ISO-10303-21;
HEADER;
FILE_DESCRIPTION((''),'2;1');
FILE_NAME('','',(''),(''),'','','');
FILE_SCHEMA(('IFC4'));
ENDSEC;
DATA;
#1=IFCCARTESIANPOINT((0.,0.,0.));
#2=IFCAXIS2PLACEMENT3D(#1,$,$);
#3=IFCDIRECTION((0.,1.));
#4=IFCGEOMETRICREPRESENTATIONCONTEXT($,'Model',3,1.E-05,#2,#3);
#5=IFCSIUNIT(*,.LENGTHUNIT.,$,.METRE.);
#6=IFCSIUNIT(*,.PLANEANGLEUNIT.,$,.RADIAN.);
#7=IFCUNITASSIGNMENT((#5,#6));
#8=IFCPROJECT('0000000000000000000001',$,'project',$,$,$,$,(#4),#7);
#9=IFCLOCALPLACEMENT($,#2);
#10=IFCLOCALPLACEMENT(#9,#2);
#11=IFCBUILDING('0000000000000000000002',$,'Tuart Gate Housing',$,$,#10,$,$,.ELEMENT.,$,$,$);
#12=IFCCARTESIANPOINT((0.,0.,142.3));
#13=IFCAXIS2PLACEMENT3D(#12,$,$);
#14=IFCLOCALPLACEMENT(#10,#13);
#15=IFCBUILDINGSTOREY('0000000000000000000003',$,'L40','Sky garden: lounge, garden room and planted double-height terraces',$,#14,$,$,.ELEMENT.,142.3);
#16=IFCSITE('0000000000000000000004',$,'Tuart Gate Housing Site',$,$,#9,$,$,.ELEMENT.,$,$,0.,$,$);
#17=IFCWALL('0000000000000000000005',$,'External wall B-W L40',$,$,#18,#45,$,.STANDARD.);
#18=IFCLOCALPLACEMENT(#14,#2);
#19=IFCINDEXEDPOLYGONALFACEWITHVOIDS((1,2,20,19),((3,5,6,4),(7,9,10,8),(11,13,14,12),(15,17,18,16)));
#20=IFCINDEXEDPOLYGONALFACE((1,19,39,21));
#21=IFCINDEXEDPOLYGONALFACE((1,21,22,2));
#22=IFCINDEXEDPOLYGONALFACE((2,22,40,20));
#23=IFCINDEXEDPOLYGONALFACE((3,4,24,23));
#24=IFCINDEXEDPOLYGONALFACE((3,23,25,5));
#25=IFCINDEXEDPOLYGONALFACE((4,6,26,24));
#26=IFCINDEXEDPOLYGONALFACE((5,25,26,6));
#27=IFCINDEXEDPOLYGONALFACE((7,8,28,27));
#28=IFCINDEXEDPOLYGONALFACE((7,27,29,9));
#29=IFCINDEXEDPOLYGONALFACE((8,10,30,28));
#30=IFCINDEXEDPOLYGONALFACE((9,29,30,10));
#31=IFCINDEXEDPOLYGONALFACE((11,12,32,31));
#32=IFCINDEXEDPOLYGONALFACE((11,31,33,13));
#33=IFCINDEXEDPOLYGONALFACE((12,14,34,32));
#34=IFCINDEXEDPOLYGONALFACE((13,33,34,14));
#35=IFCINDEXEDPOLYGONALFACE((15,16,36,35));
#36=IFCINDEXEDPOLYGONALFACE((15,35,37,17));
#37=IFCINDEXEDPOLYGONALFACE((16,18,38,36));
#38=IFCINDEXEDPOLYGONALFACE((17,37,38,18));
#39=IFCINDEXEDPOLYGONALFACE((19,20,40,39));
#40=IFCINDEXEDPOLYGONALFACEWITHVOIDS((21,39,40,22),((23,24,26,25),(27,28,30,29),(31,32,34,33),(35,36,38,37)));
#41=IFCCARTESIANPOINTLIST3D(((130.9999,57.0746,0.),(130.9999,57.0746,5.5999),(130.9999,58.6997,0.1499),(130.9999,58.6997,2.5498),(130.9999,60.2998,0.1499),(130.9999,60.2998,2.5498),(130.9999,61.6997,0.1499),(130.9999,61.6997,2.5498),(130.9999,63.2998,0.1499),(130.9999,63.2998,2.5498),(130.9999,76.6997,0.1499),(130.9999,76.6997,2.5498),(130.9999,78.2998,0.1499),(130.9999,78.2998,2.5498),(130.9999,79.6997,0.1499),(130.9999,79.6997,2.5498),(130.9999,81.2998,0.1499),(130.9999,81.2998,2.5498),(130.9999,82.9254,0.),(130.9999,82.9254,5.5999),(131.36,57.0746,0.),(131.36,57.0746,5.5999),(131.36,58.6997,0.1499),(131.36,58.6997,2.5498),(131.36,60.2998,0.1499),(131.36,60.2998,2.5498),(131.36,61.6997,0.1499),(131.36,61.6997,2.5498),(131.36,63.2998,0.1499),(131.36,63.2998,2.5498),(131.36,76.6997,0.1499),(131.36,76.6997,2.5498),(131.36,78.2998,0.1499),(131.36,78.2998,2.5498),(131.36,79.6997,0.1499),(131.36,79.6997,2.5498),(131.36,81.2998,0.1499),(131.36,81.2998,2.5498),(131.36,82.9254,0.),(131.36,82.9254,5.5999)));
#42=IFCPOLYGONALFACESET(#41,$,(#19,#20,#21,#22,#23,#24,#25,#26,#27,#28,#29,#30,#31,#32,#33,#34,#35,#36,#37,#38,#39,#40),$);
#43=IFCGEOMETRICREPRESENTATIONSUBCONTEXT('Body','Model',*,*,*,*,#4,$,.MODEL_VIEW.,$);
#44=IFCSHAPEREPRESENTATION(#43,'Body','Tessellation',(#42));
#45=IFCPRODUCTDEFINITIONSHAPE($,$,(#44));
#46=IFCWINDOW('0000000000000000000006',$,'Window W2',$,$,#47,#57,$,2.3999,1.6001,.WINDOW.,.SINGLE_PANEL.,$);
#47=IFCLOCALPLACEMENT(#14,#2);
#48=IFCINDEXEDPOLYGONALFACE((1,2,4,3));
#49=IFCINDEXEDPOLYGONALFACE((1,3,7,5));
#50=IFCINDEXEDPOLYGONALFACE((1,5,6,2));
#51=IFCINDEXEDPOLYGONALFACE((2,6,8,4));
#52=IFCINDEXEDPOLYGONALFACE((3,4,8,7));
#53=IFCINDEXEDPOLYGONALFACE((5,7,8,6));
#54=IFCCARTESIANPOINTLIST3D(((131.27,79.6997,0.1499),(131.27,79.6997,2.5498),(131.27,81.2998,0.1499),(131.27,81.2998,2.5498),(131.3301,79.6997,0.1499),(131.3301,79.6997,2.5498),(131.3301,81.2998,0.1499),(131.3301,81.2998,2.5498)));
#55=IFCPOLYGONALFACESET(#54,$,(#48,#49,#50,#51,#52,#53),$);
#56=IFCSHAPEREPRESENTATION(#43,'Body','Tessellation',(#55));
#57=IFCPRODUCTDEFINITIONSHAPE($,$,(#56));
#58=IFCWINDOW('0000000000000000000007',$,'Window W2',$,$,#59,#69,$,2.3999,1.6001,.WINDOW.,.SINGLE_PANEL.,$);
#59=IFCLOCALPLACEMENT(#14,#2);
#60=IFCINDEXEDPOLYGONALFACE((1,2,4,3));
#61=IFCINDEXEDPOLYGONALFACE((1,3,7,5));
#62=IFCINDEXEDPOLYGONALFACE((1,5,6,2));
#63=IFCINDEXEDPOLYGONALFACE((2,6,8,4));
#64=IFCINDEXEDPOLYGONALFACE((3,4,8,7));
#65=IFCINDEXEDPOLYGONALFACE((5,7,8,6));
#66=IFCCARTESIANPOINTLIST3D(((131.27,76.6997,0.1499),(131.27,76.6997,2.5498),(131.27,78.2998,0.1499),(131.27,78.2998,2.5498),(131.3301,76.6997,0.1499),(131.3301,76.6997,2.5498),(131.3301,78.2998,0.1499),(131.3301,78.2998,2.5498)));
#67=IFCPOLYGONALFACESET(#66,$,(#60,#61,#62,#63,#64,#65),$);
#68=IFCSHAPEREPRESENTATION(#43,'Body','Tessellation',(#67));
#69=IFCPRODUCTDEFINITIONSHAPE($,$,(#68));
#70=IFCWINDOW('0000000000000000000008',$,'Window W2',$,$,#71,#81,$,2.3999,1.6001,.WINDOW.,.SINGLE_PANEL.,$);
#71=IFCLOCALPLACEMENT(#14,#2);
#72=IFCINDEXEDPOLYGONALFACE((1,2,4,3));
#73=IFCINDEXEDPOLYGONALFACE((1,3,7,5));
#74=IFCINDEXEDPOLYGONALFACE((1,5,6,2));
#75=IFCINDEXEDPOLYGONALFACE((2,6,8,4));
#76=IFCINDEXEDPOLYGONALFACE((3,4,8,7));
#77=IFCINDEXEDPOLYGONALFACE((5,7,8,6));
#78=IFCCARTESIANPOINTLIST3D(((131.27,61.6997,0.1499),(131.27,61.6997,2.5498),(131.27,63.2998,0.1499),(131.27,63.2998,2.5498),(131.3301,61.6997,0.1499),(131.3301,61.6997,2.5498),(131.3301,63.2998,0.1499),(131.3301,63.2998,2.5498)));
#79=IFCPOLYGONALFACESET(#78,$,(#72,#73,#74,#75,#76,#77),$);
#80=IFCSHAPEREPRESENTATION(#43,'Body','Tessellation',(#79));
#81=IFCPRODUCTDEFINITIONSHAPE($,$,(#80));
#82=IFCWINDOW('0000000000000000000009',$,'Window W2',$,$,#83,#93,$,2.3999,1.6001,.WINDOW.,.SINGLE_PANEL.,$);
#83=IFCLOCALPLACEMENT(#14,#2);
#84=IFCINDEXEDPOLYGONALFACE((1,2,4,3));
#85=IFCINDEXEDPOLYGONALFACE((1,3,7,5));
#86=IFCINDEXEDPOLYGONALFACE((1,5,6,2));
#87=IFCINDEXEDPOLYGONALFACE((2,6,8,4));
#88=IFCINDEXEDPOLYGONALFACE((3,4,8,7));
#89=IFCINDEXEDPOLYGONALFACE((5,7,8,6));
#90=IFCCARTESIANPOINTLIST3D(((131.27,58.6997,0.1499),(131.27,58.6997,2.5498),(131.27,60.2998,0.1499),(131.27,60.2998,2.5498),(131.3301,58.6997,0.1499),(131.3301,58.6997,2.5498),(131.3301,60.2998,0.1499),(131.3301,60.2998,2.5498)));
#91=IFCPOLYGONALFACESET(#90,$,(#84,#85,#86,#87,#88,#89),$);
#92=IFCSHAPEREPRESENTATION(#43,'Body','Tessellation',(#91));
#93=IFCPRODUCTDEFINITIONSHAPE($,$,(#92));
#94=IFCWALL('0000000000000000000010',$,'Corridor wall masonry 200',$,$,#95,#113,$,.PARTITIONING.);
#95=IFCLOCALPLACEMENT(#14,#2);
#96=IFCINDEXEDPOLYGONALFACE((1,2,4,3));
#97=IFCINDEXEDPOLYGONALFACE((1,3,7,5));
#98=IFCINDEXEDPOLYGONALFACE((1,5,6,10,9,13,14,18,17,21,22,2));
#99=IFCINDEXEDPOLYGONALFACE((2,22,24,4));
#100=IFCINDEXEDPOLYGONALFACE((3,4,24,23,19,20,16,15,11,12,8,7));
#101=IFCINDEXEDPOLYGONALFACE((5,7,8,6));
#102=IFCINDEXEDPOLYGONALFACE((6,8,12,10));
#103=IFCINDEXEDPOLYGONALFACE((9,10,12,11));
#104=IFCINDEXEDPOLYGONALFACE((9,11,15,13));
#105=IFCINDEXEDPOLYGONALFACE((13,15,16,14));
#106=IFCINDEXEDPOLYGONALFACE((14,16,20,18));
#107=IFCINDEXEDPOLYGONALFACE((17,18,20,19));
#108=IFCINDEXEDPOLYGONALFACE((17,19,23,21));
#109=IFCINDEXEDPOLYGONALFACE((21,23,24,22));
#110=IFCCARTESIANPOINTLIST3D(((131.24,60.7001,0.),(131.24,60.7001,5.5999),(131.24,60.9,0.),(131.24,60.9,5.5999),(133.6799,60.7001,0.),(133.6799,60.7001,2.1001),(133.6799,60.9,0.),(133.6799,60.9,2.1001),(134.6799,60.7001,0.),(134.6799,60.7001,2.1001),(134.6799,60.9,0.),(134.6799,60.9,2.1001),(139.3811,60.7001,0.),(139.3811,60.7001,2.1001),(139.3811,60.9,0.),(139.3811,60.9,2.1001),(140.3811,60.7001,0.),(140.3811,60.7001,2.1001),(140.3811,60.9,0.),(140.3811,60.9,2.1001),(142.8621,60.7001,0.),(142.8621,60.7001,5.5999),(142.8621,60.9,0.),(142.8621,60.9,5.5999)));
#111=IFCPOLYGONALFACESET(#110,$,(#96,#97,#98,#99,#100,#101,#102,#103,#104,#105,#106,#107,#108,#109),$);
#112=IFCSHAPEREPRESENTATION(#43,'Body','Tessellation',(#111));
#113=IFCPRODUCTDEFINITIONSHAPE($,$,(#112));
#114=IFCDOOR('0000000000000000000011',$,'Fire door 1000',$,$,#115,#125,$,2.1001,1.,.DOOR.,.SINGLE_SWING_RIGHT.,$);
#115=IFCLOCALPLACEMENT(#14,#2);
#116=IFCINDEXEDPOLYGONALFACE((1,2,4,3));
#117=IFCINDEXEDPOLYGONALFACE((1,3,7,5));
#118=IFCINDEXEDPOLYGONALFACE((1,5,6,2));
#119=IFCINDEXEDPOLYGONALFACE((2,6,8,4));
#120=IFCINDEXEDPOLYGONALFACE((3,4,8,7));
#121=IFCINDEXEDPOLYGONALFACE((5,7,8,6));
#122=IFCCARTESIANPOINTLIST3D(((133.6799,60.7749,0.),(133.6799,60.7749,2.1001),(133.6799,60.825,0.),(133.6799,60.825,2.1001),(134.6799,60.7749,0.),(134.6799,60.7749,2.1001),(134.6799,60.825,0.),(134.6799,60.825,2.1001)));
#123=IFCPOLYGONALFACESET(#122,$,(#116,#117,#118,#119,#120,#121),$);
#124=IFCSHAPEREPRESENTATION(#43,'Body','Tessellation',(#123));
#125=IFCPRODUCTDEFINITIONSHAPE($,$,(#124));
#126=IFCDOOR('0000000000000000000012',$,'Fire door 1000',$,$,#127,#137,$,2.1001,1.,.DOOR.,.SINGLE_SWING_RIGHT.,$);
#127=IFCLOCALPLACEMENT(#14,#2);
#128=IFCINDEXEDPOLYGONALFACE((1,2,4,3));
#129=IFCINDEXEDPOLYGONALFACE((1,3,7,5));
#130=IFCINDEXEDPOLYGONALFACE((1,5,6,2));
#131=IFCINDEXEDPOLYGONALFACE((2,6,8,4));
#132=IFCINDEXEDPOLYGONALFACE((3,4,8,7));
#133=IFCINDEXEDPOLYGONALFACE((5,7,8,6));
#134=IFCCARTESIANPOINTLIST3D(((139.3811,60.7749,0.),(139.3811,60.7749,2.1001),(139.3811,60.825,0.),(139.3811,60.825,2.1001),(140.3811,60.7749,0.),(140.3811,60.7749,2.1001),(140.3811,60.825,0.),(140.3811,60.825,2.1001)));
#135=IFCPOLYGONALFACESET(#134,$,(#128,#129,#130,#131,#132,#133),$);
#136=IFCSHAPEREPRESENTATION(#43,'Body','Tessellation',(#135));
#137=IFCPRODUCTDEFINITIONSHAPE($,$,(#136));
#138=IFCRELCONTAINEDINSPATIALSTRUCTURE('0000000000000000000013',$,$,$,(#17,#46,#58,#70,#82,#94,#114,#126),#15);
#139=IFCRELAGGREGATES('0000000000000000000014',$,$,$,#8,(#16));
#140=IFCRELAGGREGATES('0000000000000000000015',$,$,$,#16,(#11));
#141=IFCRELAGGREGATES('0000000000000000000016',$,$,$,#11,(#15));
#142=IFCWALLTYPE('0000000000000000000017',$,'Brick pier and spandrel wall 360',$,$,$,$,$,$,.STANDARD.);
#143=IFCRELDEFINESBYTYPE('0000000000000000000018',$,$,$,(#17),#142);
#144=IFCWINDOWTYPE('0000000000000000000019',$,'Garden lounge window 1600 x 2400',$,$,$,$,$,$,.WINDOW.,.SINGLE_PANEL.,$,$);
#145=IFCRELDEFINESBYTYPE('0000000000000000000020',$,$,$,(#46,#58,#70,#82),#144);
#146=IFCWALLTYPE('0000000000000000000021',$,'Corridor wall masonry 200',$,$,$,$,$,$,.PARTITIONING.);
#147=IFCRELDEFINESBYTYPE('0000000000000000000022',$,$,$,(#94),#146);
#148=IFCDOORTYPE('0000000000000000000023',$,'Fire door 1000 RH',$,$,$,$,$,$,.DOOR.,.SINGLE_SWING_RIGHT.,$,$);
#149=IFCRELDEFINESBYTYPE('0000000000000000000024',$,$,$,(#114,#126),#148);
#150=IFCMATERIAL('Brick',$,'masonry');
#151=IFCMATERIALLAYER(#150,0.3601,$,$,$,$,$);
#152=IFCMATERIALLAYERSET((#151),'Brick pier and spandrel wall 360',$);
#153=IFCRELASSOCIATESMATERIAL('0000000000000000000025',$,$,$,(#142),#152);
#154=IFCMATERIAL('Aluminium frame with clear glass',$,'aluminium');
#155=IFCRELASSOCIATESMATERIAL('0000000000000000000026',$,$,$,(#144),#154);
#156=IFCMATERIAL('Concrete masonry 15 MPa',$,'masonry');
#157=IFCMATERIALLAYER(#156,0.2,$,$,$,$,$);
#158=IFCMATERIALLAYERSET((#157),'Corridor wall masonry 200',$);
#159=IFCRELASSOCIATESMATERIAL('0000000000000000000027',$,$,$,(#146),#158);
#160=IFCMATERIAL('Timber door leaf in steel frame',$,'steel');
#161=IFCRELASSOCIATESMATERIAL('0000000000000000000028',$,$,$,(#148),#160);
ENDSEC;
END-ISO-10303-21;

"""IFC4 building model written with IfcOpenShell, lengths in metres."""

from ifc_helpers import new_model, si_unit, direction, frame, frame_2d, origin, place, context, subcontext, project, spatial, rectangle, extrude, material, layer, layer_set, type_object, element, fill, save


model = new_model("IFC4")

# Units and contexts
model_context = context("Model", 3, precision=1e-05, world=origin(), true_north=direction((0.0, 1.0)))
body_context = subcontext(model_context, "Body", "Model", "MODEL_VIEW")
ifc_project = project(units=[si_unit("LENGTHUNIT", "METRE"), si_unit("PLANEANGLEUNIT", "RADIAN")], contexts=[model_context])

# Site, building, storey
site_placement = place(None, origin())
site = spatial("IfcSite", under=ifc_project, at=site_placement, Name="Tuart Gate Housing Site", CompositionType="ELEMENT", RefElevation=0.0)
building_placement = place(site_placement, origin())
building = spatial("IfcBuilding", under=site, at=building_placement, Name="Tuart Gate Housing", CompositionType="ELEMENT")
storey_placement = place(building_placement, frame((0.0, 0.0, 142.3)))
storey = spatial("IfcBuildingStorey", under=building, at=storey_placement, Name="L40", Description="Sky garden: lounge, garden room and planted double-height terraces", CompositionType="ELEMENT", Elevation=142.3)

# Shared definitions
ifc_material_1 = material(Name="Brick", Category="masonry")
ifc_layer_1 = layer(ifc_material_1, 0.3601)
ifc_layer_set_1 = layer_set([ifc_layer_1], Name="Brick pier and spandrel wall 360")
wall_type_1 = type_object("IfcWallType", Name="Brick pier and spandrel wall 360", PredefinedType="STANDARD", material=ifc_layer_set_1)

# Wall, openings, windows
wall_1_placement = place(storey_placement, frame((131.1799, 82.9253, 0.0), z_axis=(0.0, 0.0, 1.0), x_axis=(0.0, -1.0, 0.0)))
wall_1 = element("IfcWall", 1, at=wall_1_placement, inside=storey, type_object=wall_type_1, Name="External wall B-W L40", PredefinedType="STANDARD", context=body_context, shape_type="SweptSolid", body=[
    extrude(rectangle(XDim=25.8508, YDim=0.3601, at=frame_2d((12.9253, 0.0))), origin(), (0.0, 0.0, 1.0), 5.5999),
])
opening_1_placement = place(wall_1_placement, frame((1.6255, 0.0, 0.1499)))
opening_1 = element("IfcOpeningElement", 2, at=opening_1_placement, cuts=wall_1, PredefinedType="OPENING", context=body_context, shape_type="SweptSolid", body=[
    extrude(rectangle(XDim=1.6001, YDim=2.3999, at=frame_2d((0.8, 1.2))), frame((0.0, 0.1899, 0.0), z_axis=(0.0, -1.0, 0.0), x_axis=(1.0, 0.0, 0.0)), (0.0, 0.0, 1.0), 0.3801),
])
opening_2_placement = place(wall_1_placement, frame((4.6255, 0.0, 0.1499)))
opening_2 = element("IfcOpeningElement", 3, at=opening_2_placement, cuts=wall_1, PredefinedType="OPENING", context=body_context, shape_type="SweptSolid", body=[
    extrude(rectangle(XDim=1.6001, YDim=2.3999, at=frame_2d((0.8, 1.2))), frame((0.0, 0.1899, 0.0), z_axis=(0.0, -1.0, 0.0), x_axis=(1.0, 0.0, 0.0)), (0.0, 0.0, 1.0), 0.3801),
])
opening_3_placement = place(wall_1_placement, frame((19.6255, 0.0, 0.1499)))
opening_3 = element("IfcOpeningElement", 4, at=opening_3_placement, cuts=wall_1, PredefinedType="OPENING", context=body_context, shape_type="SweptSolid", body=[
    extrude(rectangle(XDim=1.6001, YDim=2.3999, at=frame_2d((0.8, 1.2))), frame((0.0, 0.1899, 0.0), z_axis=(0.0, -1.0, 0.0), x_axis=(1.0, 0.0, 0.0)), (0.0, 0.0, 1.0), 0.3801),
])
opening_4_placement = place(wall_1_placement, frame((22.6255, 0.0, 0.1499)))
opening_4 = element("IfcOpeningElement", 5, at=opening_4_placement, cuts=wall_1, PredefinedType="OPENING", context=body_context, shape_type="SweptSolid", body=[
    extrude(rectangle(XDim=1.6001, YDim=2.3999, at=frame_2d((0.8, 1.2))), frame((0.0, 0.1899, 0.0), z_axis=(0.0, -1.0, 0.0), x_axis=(1.0, 0.0, 0.0)), (0.0, 0.0, 1.0), 0.3801),
])
ifc_material_2 = material(Name="Aluminium frame with clear glass", Category="aluminium")
window_type = type_object("IfcWindowType", Name="Garden lounge window 1600 x 2400", PartitioningType="SINGLE_PANEL", PredefinedType="WINDOW", material=ifc_material_2)
window_1_placement = place(opening_1_placement, origin())
window_1 = element("IfcWindow", 6, at=window_1_placement, inside=storey, type_object=window_type, Name="Window W2", OverallHeight=2.3999, OverallWidth=1.6001, PartitioningType="SINGLE_PANEL", PredefinedType="WINDOW", context=body_context, shape_type="SweptSolid", body=[
    extrude(rectangle(XDim=1.6001, YDim=2.3999, at=frame_2d((0.8, 1.2))), frame((0.0, 0.1501, 0.0), z_axis=(0.0, -1.0, 0.0), x_axis=(1.0, 0.0, 0.0)), (0.0, 0.0, 1.0), 0.0601),
])
fill(opening_1, window_1)
window_2_placement = place(opening_2_placement, origin())
window_2 = element("IfcWindow", 7, at=window_2_placement, inside=storey, type_object=window_type, Name="Window W2", OverallHeight=2.3999, OverallWidth=1.6001, PartitioningType="SINGLE_PANEL", PredefinedType="WINDOW", context=body_context, shape_type="SweptSolid", body=[
    extrude(rectangle(XDim=1.6001, YDim=2.3999, at=frame_2d((0.8, 1.2))), frame((0.0, 0.1501, 0.0), z_axis=(0.0, -1.0, 0.0), x_axis=(1.0, 0.0, 0.0)), (0.0, 0.0, 1.0), 0.0601),
])
fill(opening_2, window_2)
window_3_placement = place(opening_3_placement, origin())
window_3 = element("IfcWindow", 8, at=window_3_placement, inside=storey, type_object=window_type, Name="Window W2", OverallHeight=2.3999, OverallWidth=1.6001, PartitioningType="SINGLE_PANEL", PredefinedType="WINDOW", context=body_context, shape_type="SweptSolid", body=[
    extrude(rectangle(XDim=1.6001, YDim=2.3999, at=frame_2d((0.8, 1.2))), frame((0.0, 0.1501, 0.0), z_axis=(0.0, -1.0, 0.0), x_axis=(1.0, 0.0, 0.0)), (0.0, 0.0, 1.0), 0.0601),
])
fill(opening_3, window_3)
window_4_placement = place(opening_4_placement, origin())
window_4 = element("IfcWindow", 9, at=window_4_placement, inside=storey, type_object=window_type, Name="Window W2", OverallHeight=2.3999, OverallWidth=1.6001, PartitioningType="SINGLE_PANEL", PredefinedType="WINDOW", context=body_context, shape_type="SweptSolid", body=[
    extrude(rectangle(XDim=1.6001, YDim=2.3999, at=frame_2d((0.8, 1.2))), frame((0.0, 0.1501, 0.0), z_axis=(0.0, -1.0, 0.0), x_axis=(1.0, 0.0, 0.0)), (0.0, 0.0, 1.0), 0.0601),
])
fill(opening_4, window_4)

# Wall, openings, doors
ifc_material_3 = material(Name="Concrete masonry 15 MPa", Category="masonry")
ifc_layer_2 = layer(ifc_material_3, 0.2)
ifc_layer_set_2 = layer_set([ifc_layer_2], Name="Corridor wall masonry 200")
wall_type_2 = type_object("IfcWallType", Name="Corridor wall masonry 200", PredefinedType="PARTITIONING", material=ifc_layer_set_2)
wall_2_placement = place(storey_placement, frame((131.24, 60.8, 0.0), z_axis=(0.0, 0.0, 1.0), x_axis=(1.0, 0.0, 0.0)))
wall_2 = element("IfcWall", 10, at=wall_2_placement, inside=storey, type_object=wall_type_2, Name="Corridor wall masonry 200", PredefinedType="PARTITIONING", context=body_context, shape_type="SweptSolid", body=[
    extrude(rectangle(XDim=11.6221, YDim=0.2, at=frame_2d((5.811, 0.0))), origin(), (0.0, 0.0, 1.0), 5.5999),
])
opening_5_placement = place(wall_2_placement, frame((2.4399, 0.0, 0.0)))
opening_5 = element("IfcOpeningElement", 11, at=opening_5_placement, cuts=wall_2, PredefinedType="OPENING", context=body_context, shape_type="SweptSolid", body=[
    extrude(rectangle(XDim=1.0, YDim=2.1001, at=frame_2d((0.5, 1.05))), frame((0.0, 0.1099, 0.0), z_axis=(0.0, -1.0, 0.0), x_axis=(1.0, 0.0, 0.0)), (0.0, 0.0, 1.0), 0.22),
])
opening_6_placement = place(wall_2_placement, frame((8.1411, 0.0, 0.0)))
opening_6 = element("IfcOpeningElement", 12, at=opening_6_placement, cuts=wall_2, PredefinedType="OPENING", context=body_context, shape_type="SweptSolid", body=[
    extrude(rectangle(XDim=1.0, YDim=2.1001, at=frame_2d((0.5, 1.05))), frame((0.0, 0.1099, 0.0), z_axis=(0.0, -1.0, 0.0), x_axis=(1.0, 0.0, 0.0)), (0.0, 0.0, 1.0), 0.22),
])
ifc_material_4 = material(Name="Timber door leaf in steel frame", Category="steel")
door_type_1 = type_object("IfcDoorType", Name="Fire door 1000 RH", OperationType="SINGLE_SWING_RIGHT", PredefinedType="DOOR", material=ifc_material_4)
door_1_placement = place(opening_5_placement, frame((1.0, 0.0, 0.0), z_axis=(0.0, 0.0, 1.0), x_axis=(-1.0, 0.0, 0.0)))
door_1 = element("IfcDoor", 13, at=door_1_placement, inside=storey, type_object=door_type_1, Name="Fire door 1000", OperationType="SINGLE_SWING_RIGHT", OverallHeight=2.1001, OverallWidth=1.0, PredefinedType="DOOR", context=body_context, shape_type="SweptSolid", body=[
    extrude(rectangle(XDim=1.0, YDim=2.1001, at=frame_2d((0.5, 1.05))), frame((0.0, 0.0251, 0.0), z_axis=(0.0, -1.0, 0.0), x_axis=(1.0, 0.0, 0.0)), (0.0, 0.0, 1.0), 0.05),
])
fill(opening_5, door_1)
door_2_placement = place(opening_6_placement, frame((1.0, 0.0, 0.0), z_axis=(0.0, 0.0, 1.0), x_axis=(-1.0, 0.0, 0.0)))
door_2 = element("IfcDoor", 14, at=door_2_placement, inside=storey, type_object=door_type_1, Name="Fire door 1000", OperationType="SINGLE_SWING_RIGHT", OverallHeight=2.1001, OverallWidth=1.0, PredefinedType="DOOR", context=body_context, shape_type="SweptSolid", body=[
    extrude(rectangle(XDim=1.0, YDim=2.1001, at=frame_2d((0.5, 1.05))), frame((0.0, 0.0251, 0.0), z_axis=(0.0, -1.0, 0.0), x_axis=(1.0, 0.0, 0.0)), (0.0, 0.0, 1.0), 0.05),
])
fill(opening_6, door_2)

save(model, "model.ifc")
